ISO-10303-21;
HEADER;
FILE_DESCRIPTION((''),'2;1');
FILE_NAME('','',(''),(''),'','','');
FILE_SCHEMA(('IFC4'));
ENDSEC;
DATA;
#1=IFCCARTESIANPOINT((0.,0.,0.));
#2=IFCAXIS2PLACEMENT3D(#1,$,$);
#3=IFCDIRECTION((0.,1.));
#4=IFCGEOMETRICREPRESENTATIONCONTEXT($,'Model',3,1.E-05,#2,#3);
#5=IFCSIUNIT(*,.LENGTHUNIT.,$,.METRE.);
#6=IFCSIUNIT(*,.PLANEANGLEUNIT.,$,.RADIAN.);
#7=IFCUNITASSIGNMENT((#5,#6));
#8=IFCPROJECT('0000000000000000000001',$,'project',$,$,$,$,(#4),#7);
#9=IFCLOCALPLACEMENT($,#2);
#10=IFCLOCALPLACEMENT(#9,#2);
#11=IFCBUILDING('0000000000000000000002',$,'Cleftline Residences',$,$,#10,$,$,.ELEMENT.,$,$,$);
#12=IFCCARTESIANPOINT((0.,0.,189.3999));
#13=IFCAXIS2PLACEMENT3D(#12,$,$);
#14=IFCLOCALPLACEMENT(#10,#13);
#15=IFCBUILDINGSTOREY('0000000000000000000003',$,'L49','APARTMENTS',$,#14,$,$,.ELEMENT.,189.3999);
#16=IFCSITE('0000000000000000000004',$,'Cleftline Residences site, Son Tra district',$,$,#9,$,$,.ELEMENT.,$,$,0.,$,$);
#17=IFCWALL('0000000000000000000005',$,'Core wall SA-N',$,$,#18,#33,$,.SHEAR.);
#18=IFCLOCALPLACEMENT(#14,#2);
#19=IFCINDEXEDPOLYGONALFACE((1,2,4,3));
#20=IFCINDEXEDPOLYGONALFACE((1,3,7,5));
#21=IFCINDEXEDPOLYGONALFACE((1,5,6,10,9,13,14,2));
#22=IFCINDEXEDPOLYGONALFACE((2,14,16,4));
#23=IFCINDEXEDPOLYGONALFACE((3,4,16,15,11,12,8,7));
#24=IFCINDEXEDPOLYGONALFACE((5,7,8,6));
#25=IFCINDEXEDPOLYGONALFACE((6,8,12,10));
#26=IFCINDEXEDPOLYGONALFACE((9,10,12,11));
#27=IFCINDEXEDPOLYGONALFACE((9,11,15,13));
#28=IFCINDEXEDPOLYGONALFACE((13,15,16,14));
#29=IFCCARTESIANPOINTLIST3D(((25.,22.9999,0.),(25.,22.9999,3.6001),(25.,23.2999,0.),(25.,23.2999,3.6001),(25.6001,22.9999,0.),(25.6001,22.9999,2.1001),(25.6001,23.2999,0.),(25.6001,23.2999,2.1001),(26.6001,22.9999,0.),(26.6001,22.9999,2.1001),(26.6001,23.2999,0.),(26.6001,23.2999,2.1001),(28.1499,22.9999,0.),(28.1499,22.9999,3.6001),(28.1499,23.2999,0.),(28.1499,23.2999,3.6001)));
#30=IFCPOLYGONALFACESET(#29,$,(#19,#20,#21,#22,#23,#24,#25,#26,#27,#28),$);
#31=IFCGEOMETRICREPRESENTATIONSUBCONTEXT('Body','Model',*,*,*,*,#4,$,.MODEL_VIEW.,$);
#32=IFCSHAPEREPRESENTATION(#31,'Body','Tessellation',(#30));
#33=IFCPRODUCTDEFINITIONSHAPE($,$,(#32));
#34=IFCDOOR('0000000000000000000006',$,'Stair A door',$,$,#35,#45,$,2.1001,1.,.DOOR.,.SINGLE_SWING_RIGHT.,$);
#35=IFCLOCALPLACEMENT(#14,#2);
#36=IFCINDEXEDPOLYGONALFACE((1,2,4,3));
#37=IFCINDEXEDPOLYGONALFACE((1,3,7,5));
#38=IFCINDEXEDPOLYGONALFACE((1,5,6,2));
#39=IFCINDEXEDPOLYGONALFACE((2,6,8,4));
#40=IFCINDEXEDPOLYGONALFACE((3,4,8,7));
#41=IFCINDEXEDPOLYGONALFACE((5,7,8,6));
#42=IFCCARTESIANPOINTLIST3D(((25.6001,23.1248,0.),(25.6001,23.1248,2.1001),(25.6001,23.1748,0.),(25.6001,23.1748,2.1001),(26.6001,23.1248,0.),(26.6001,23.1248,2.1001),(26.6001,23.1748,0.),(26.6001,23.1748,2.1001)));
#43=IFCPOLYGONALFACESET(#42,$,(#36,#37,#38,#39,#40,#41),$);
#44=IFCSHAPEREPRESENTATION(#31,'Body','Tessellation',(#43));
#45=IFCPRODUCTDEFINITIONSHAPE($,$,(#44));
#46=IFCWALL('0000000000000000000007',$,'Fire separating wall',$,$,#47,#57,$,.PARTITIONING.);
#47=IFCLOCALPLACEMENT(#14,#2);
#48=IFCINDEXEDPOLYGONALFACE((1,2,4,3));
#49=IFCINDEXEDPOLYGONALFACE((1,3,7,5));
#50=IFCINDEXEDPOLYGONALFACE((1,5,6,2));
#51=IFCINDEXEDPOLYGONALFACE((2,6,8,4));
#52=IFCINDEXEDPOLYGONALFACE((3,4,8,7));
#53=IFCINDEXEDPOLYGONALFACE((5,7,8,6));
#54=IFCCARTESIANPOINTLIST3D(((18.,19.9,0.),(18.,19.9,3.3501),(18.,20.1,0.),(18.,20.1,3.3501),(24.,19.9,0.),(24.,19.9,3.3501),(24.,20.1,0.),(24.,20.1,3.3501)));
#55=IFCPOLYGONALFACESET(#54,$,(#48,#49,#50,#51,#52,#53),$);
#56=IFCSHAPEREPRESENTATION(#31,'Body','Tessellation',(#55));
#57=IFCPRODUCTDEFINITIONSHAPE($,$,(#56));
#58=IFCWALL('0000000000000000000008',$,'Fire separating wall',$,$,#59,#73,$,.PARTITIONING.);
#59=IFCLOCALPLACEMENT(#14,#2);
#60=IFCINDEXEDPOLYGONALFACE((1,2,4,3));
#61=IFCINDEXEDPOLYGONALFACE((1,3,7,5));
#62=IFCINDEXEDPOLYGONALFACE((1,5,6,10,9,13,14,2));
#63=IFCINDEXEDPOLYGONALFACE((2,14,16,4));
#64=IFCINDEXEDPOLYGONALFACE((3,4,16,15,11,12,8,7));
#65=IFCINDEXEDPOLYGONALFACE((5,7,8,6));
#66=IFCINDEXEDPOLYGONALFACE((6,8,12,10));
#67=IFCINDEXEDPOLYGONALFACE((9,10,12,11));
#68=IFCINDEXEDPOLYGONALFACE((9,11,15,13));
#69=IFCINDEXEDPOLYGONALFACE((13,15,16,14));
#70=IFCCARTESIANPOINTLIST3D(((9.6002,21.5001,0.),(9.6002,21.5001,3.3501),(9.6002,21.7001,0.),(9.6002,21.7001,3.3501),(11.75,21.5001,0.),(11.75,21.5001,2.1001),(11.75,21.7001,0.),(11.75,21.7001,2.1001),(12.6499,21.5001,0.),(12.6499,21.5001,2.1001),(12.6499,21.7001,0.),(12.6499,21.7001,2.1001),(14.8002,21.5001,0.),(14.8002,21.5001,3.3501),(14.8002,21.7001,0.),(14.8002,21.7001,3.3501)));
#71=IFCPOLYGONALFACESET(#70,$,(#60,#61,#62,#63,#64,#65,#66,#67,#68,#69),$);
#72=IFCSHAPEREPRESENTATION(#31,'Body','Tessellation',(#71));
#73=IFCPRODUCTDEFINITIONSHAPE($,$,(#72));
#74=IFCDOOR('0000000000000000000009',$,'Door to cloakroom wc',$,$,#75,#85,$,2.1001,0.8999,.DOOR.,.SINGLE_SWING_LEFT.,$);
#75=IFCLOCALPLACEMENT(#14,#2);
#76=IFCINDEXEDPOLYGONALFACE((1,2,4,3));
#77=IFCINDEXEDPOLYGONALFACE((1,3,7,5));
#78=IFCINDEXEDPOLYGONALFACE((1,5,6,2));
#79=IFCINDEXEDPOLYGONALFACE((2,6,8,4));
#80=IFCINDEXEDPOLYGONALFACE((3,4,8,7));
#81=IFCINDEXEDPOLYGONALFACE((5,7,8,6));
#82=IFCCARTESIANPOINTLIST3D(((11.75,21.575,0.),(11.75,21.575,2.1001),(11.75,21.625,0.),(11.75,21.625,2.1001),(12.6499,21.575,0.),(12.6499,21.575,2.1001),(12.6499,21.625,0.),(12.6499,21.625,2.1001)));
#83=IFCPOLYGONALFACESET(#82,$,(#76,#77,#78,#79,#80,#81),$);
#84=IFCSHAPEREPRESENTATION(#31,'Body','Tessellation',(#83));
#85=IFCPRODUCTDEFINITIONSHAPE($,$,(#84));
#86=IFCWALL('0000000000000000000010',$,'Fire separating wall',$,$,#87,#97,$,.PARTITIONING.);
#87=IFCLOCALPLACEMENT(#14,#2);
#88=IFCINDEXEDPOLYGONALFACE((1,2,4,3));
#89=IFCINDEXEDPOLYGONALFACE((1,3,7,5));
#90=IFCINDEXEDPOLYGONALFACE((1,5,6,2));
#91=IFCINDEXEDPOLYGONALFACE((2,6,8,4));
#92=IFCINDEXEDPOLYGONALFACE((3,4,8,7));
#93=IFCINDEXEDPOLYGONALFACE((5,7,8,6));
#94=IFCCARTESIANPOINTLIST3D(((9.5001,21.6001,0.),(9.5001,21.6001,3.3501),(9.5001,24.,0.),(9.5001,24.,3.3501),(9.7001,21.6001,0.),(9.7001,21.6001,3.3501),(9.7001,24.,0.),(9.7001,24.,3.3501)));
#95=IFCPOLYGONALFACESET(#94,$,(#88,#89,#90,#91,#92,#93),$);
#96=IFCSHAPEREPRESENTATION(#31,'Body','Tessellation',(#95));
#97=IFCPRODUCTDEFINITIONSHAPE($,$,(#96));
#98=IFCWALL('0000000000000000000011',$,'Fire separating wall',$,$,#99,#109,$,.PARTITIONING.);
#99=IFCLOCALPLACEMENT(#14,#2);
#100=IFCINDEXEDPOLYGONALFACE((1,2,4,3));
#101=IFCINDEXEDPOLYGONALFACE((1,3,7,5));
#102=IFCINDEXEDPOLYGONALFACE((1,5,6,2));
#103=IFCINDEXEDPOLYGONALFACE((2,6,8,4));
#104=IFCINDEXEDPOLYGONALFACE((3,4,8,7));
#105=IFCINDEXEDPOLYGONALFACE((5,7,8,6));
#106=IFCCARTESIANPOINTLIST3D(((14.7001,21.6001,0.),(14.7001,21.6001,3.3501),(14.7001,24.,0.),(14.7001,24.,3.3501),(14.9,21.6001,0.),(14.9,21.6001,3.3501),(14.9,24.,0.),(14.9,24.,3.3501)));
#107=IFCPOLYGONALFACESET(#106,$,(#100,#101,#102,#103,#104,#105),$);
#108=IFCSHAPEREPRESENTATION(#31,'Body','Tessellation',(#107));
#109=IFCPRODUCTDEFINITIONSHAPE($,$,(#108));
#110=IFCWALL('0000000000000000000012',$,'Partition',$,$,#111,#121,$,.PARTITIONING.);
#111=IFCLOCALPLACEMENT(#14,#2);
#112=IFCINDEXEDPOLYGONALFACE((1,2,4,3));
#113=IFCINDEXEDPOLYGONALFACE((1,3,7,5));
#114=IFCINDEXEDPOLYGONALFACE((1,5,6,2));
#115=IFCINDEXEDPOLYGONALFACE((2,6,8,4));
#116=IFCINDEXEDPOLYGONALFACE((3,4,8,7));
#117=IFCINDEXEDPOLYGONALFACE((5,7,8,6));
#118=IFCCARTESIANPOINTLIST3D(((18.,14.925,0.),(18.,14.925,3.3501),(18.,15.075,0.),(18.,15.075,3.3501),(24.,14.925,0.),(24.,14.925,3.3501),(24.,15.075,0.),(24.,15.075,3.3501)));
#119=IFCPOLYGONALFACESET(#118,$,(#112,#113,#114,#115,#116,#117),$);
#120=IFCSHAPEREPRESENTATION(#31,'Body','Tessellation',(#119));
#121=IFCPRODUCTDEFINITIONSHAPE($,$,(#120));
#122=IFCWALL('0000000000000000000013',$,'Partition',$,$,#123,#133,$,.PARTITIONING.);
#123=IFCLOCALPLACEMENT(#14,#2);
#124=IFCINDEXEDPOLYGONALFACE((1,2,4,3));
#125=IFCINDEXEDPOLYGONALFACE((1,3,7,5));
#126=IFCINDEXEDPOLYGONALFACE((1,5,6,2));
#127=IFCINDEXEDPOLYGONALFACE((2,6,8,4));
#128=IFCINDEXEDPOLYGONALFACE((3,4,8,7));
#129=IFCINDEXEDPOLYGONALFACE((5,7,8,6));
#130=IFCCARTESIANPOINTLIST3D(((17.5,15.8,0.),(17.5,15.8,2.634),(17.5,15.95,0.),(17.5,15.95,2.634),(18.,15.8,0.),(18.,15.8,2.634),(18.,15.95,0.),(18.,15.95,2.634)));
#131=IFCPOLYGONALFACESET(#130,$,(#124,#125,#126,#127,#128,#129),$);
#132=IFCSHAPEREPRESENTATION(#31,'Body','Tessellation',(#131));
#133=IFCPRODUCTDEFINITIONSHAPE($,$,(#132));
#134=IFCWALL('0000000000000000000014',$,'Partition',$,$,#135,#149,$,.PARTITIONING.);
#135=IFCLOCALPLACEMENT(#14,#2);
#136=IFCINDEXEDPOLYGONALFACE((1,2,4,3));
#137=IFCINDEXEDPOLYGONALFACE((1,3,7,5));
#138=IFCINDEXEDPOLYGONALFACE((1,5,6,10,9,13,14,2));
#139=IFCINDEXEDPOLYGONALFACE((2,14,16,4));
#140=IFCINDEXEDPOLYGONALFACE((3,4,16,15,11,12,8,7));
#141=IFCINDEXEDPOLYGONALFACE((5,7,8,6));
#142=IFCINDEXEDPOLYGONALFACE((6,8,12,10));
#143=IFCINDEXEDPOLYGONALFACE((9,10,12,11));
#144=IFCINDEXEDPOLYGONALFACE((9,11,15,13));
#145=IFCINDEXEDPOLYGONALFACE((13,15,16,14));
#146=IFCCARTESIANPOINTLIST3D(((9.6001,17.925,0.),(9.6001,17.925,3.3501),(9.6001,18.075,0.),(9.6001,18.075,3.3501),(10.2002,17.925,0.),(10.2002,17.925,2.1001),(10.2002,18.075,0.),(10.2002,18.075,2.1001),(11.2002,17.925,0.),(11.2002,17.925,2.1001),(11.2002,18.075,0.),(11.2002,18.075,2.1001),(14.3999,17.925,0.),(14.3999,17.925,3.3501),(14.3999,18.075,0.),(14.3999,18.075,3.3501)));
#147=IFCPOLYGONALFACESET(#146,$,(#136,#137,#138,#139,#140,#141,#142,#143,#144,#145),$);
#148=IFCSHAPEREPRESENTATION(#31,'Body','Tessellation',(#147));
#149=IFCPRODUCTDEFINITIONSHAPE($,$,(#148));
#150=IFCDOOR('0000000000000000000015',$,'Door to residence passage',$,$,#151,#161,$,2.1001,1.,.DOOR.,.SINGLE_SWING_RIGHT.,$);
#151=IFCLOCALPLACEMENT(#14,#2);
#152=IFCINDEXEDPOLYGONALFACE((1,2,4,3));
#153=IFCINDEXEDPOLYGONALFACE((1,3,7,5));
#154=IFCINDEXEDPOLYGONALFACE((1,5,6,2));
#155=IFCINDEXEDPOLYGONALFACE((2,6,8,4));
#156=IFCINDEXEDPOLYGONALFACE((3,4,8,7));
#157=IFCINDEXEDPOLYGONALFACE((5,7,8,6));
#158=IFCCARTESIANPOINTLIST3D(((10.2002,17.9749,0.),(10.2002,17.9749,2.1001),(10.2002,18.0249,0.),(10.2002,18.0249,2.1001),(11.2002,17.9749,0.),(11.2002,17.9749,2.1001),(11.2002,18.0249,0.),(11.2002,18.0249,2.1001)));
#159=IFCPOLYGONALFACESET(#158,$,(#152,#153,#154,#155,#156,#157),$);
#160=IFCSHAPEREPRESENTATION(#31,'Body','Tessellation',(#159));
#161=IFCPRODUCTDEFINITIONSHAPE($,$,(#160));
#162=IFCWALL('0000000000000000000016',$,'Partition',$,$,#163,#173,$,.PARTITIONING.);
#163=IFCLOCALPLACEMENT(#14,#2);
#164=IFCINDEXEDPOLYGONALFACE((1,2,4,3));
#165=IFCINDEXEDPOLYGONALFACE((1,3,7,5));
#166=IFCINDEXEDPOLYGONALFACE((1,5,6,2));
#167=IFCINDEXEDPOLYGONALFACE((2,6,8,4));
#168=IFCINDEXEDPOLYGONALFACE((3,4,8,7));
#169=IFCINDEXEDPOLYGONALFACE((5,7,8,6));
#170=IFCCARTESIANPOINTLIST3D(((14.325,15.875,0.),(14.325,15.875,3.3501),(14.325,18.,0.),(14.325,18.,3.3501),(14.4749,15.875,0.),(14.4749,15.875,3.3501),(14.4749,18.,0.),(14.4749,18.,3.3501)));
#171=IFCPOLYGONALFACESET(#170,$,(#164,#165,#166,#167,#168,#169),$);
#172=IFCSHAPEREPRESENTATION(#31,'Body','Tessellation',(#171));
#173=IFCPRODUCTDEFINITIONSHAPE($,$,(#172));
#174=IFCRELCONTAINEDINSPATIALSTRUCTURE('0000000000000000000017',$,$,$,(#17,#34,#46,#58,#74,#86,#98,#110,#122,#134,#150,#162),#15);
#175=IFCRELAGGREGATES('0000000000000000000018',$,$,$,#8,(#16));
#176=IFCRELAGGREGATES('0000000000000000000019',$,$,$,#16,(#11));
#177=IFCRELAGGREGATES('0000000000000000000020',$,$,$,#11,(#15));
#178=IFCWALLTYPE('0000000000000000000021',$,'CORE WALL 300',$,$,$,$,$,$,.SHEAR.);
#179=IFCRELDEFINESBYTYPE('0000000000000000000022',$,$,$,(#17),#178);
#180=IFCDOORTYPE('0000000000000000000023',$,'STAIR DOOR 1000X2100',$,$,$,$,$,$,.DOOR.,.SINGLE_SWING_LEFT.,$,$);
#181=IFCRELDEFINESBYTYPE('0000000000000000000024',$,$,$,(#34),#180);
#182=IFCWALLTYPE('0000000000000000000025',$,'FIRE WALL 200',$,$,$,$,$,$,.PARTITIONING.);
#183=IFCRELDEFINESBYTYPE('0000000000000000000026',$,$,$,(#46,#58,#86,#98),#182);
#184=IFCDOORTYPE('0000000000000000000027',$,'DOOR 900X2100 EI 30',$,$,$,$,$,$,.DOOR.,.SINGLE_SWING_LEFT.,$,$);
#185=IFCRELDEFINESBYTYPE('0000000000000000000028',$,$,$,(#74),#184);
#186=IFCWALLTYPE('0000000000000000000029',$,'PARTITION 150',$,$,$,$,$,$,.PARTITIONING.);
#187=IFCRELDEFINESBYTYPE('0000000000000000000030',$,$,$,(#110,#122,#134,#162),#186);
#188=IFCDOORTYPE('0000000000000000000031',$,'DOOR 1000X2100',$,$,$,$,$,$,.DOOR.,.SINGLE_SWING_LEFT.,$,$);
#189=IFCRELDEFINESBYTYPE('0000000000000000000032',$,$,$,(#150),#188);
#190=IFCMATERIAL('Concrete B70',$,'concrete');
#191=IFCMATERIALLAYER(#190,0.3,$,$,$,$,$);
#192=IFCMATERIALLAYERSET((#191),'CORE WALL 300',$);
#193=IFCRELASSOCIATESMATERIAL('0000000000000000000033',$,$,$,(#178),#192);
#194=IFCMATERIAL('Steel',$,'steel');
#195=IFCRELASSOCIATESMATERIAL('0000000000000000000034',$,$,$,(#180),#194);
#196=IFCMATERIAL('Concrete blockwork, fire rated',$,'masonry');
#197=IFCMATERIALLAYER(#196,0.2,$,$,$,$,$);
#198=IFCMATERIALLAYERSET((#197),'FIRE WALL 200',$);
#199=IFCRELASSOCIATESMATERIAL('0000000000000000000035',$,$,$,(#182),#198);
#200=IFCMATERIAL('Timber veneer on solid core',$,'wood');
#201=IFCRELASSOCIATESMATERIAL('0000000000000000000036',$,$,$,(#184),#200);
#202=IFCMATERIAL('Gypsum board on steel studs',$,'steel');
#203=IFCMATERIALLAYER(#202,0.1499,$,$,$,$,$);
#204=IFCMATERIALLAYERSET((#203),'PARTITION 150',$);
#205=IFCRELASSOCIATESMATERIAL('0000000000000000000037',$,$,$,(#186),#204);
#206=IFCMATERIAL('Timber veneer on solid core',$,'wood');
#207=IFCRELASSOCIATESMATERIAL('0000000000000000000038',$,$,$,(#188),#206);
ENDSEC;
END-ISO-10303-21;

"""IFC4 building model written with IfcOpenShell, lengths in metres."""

from ifc_helpers import new_model, si_unit, direction, frame, frame_2d, origin, place, context, subcontext, project, spatial, rectangle, extrude, material, layer, layer_set, type_object, element, fill, save


model = new_model("IFC4")

# Units and contexts
model_context = context("Model", 3, precision=1e-05, world=origin(), true_north=direction((0.0, 1.0)))
body_context = subcontext(model_context, "Body", "Model", "MODEL_VIEW")
ifc_project = project(units=[si_unit("LENGTHUNIT", "METRE"), si_unit("PLANEANGLEUNIT", "RADIAN")], contexts=[model_context])

# Site, building, storey
site_placement = place(None, origin())
site = spatial("IfcSite", under=ifc_project, at=site_placement, Name="Cleftline Residences site, Son Tra district", CompositionType="ELEMENT", RefElevation=0.0)
building_placement = place(site_placement, origin())
building = spatial("IfcBuilding", under=site, at=building_placement, Name="Cleftline Residences", CompositionType="ELEMENT")
storey_placement = place(building_placement, frame((0.0, 0.0, 189.3999)))
storey = spatial("IfcBuildingStorey", under=building, at=storey_placement, Name="L49", Description="APARTMENTS", CompositionType="ELEMENT", Elevation=189.3999)

# Wall, opening, door
ifc_material_1 = material(Name="Concrete B70", Category="concrete")
ifc_layer_1 = layer(ifc_material_1, 0.3)
ifc_layer_set_1 = layer_set([ifc_layer_1], Name="CORE WALL 300")
wall_type_1 = type_object("IfcWallType", Name="CORE WALL 300", PredefinedType="SHEAR", material=ifc_layer_set_1)
wall_1_placement = place(storey_placement, frame((25.0, 23.1499, 0.0), z_axis=(0.0, 0.0, 1.0), x_axis=(1.0, 0.0, 0.0)))
wall_1 = element("IfcWall", 1, at=wall_1_placement, inside=storey, type_object=wall_type_1, Name="Core wall SA-N", PredefinedType="SHEAR", context=body_context, shape_type="SweptSolid", body=[
    extrude(rectangle(XDim=3.1499, YDim=0.3, at=frame_2d((1.575, 0.0))), origin(), (0.0, 0.0, 1.0), 3.6001),
])
opening_1_placement = place(wall_1_placement, frame((0.6001, 0.0, 0.0)))
opening_1 = element("IfcOpeningElement", 2, at=opening_1_placement, cuts=wall_1, PredefinedType="OPENING", context=body_context, shape_type="SweptSolid", body=[
    extrude(rectangle(XDim=1.0, YDim=2.1001, at=frame_2d((0.5, 1.05))), frame((0.0, 0.1599, 0.0), z_axis=(0.0, -1.0, 0.0), x_axis=(1.0, 0.0, 0.0)), (0.0, 0.0, 1.0), 0.3201),
])
ifc_material_2 = material(Name="Steel", Category="steel")
door_type_1 = type_object("IfcDoorType", Name="STAIR DOOR 1000X2100", OperationType="SINGLE_SWING_LEFT", PredefinedType="DOOR", material=ifc_material_2)
door_1_placement = place(opening_1_placement, origin())
door_1 = element("IfcDoor", 3, at=door_1_placement, inside=storey, type_object=door_type_1, Name="Stair A door", OperationType="SINGLE_SWING_RIGHT", OverallHeight=2.1001, OverallWidth=1.0, PredefinedType="DOOR", context=body_context, shape_type="SweptSolid", body=[
    extrude(rectangle(XDim=1.0, YDim=2.1001, at=frame_2d((0.5, 1.05))), frame((0.0, 0.0249, 0.0), z_axis=(0.0, -1.0, 0.0), x_axis=(1.0, 0.0, 0.0)), (0.0, 0.0, 1.0), 0.05),
])
fill(opening_1, door_1)

# Wall
ifc_material_3 = material(Name="Concrete blockwork, fire rated", Category="masonry")
ifc_layer_2 = layer(ifc_material_3, 0.2)
ifc_layer_set_2 = layer_set([ifc_layer_2], Name="FIRE WALL 200")
wall_type_2 = type_object("IfcWallType", Name="FIRE WALL 200", PredefinedType="PARTITIONING", material=ifc_layer_set_2)
wall_2_placement = place(storey_placement, frame((18.0, 20.0, 0.0), z_axis=(0.0, 0.0, 1.0), x_axis=(1.0, 0.0, 0.0)))
element("IfcWall", 4, at=wall_2_placement, inside=storey, type_object=wall_type_2, Name="Fire separating wall", PredefinedType="PARTITIONING", context=body_context, shape_type="SweptSolid", body=[
    extrude(rectangle(XDim=6.0, YDim=0.2, at=frame_2d((3.0, 0.0))), origin(), (0.0, 0.0, 1.0), 3.3501),
])

# Wall, opening, door
wall_3_placement = place(storey_placement, frame((9.6001, 21.6001, 0.0), z_axis=(0.0, 0.0, 1.0), x_axis=(1.0, 0.0, 0.0)))
wall_3 = element("IfcWall", 5, at=wall_3_placement, inside=storey, type_object=wall_type_2, Name="Fire separating wall", PredefinedType="PARTITIONING", context=body_context, shape_type="SweptSolid", body=[
    extrude(rectangle(XDim=5.2, YDim=0.2, at=frame_2d((2.6001, 0.0))), origin(), (0.0, 0.0, 1.0), 3.3501),
])
opening_2_placement = place(wall_3_placement, frame((2.1499, 0.0, 0.0)))
opening_2 = element("IfcOpeningElement", 6, at=opening_2_placement, cuts=wall_3, PredefinedType="OPENING", context=body_context, shape_type="SweptSolid", body=[
    extrude(rectangle(XDim=0.8999, YDim=2.1001, at=frame_2d((0.45, 1.05))), frame((0.0, 0.1099, 0.0), z_axis=(0.0, -1.0, 0.0), x_axis=(1.0, 0.0, 0.0)), (0.0, 0.0, 1.0), 0.22),
])
ifc_material_4 = material(Name="Timber veneer on solid core", Category="wood")
door_type_2 = type_object("IfcDoorType", Name="DOOR 900X2100 EI 30", OperationType="SINGLE_SWING_LEFT", PredefinedType="DOOR", material=ifc_material_4)
door_2_placement = place(opening_2_placement, origin())
door_2 = element("IfcDoor", 7, at=door_2_placement, inside=storey, type_object=door_type_2, Name="Door to cloakroom wc", OperationType="SINGLE_SWING_LEFT", OverallHeight=2.1001, OverallWidth=0.8999, PredefinedType="DOOR", context=body_context, shape_type="SweptSolid", body=[
    extrude(rectangle(XDim=0.8999, YDim=2.1001, at=frame_2d((0.45, 1.05))), frame((0.0, 0.0249, 0.0), z_axis=(0.0, -1.0, 0.0), x_axis=(1.0, 0.0, 0.0)), (0.0, 0.0, 1.0), 0.05),
])
fill(opening_2, door_2)

# Walls
for number, where, z_axis, x_axis, name in (
    (8, (9.6001, 21.6001, 0.0), (0.0, 0.0, 1.0), (0.0, 1.0, 0.0), "Fire separating wall"),
    (9, (14.8, 21.6001, 0.0), (0.0, 0.0, 1.0), (0.0, 1.0, 0.0), "Fire separating wall"),
):
    element("IfcWall", number, at=place(storey_placement, frame(where, z_axis=z_axis, x_axis=x_axis)), inside=storey, type_object=wall_type_2, Name=name, PredefinedType="PARTITIONING", context=body_context, shape_type="SweptSolid", body=[
        extrude(rectangle(XDim=2.3999, YDim=0.2, at=frame_2d((1.2, 0.0))), origin(), (0.0, 0.0, 1.0), 3.3501),
    ])

# Walls
ifc_material_5 = material(Name="Gypsum board on steel studs", Category="steel")
ifc_layer_3 = layer(ifc_material_5, 0.1499)
ifc_layer_set_3 = layer_set([ifc_layer_3], Name="PARTITION 150")
wall_type_3 = type_object("IfcWallType", Name="PARTITION 150", PredefinedType="PARTITIONING", material=ifc_layer_set_3)
wall_4_placement = place(storey_placement, frame((18.0, 15.0, 0.0), z_axis=(0.0, 0.0, 1.0), x_axis=(1.0, 0.0, 0.0)))
element("IfcWall", 10, at=wall_4_placement, inside=storey, type_object=wall_type_3, Name="Partition", PredefinedType="PARTITIONING", context=body_context, shape_type="SweptSolid", body=[
    extrude(rectangle(XDim=6.0, YDim=0.1499, at=frame_2d((3.0, 0.0))), origin(), (0.0, 0.0, 1.0), 3.3501),
])
wall_5_placement = place(storey_placement, frame((17.5, 15.875, 0.0), z_axis=(0.0, 0.0, 1.0), x_axis=(1.0, 0.0, 0.0)))
element("IfcWall", 11, at=wall_5_placement, inside=storey, type_object=wall_type_3, Name="Partition", PredefinedType="PARTITIONING", context=body_context, shape_type="SweptSolid", body=[
    extrude(rectangle(XDim=0.5, YDim=0.1499, at=frame_2d((0.25, 0.0))), origin(), (0.0, 0.0, 1.0), 2.634),
])

# Wall, opening, door
wall_6_placement = place(storey_placement, frame((9.6001, 18.0, 0.0), z_axis=(0.0, 0.0, 1.0), x_axis=(1.0, 0.0, 0.0)))
wall_6 = element("IfcWall", 12, at=wall_6_placement, inside=storey, type_object=wall_type_3, Name="Partition", PredefinedType="PARTITIONING", context=body_context, shape_type="SweptSolid", body=[
    extrude(rectangle(XDim=4.7998, YDim=0.1499, at=frame_2d((2.3999, 0.0))), origin(), (0.0, 0.0, 1.0), 3.3501),
])
opening_3_placement = place(wall_6_placement, frame((0.6001, 0.0, 0.0)))
opening_3 = element("IfcOpeningElement", 13, at=opening_3_placement, cuts=wall_6, PredefinedType="OPENING", context=body_context, shape_type="SweptSolid", body=[
    extrude(rectangle(XDim=1.0, YDim=2.1001, at=frame_2d((0.5, 1.05))), frame((0.0, 0.085, 0.0), z_axis=(0.0, -1.0, 0.0), x_axis=(1.0, 0.0, 0.0)), (0.0, 0.0, 1.0), 0.1699),
])
ifc_material_6 = material(Name="Timber veneer on solid core", Category="wood")
door_type_3 = type_object("IfcDoorType", Name="DOOR 1000X2100", OperationType="SINGLE_SWING_LEFT", PredefinedType="DOOR", material=ifc_material_6)
door_3_placement = place(opening_3_placement, origin())
door_3 = element("IfcDoor", 14, at=door_3_placement, inside=storey, type_object=door_type_3, Name="Door to residence passage", OperationType="SINGLE_SWING_RIGHT", OverallHeight=2.1001, OverallWidth=1.0, PredefinedType="DOOR", context=body_context, shape_type="SweptSolid", body=[
    extrude(rectangle(XDim=1.0, YDim=2.1001, at=frame_2d((0.5, 1.05))), frame((0.0, 0.0249, 0.0), z_axis=(0.0, -1.0, 0.0), x_axis=(1.0, 0.0, 0.0)), (0.0, 0.0, 1.0), 0.05),
])
fill(opening_3, door_3)

# Wall
wall_7_placement = place(storey_placement, frame((14.3999, 15.875, 0.0), z_axis=(0.0, 0.0, 1.0), x_axis=(0.0, 1.0, 0.0)))
element("IfcWall", 15, at=wall_7_placement, inside=storey, type_object=wall_type_3, Name="Partition", PredefinedType="PARTITIONING", context=body_context, shape_type="SweptSolid", body=[
    extrude(rectangle(XDim=2.125, YDim=0.1499, at=frame_2d((1.0625, 0.0))), origin(), (0.0, 0.0, 1.0), 3.3501),
])

save(model, "model.ifc")
